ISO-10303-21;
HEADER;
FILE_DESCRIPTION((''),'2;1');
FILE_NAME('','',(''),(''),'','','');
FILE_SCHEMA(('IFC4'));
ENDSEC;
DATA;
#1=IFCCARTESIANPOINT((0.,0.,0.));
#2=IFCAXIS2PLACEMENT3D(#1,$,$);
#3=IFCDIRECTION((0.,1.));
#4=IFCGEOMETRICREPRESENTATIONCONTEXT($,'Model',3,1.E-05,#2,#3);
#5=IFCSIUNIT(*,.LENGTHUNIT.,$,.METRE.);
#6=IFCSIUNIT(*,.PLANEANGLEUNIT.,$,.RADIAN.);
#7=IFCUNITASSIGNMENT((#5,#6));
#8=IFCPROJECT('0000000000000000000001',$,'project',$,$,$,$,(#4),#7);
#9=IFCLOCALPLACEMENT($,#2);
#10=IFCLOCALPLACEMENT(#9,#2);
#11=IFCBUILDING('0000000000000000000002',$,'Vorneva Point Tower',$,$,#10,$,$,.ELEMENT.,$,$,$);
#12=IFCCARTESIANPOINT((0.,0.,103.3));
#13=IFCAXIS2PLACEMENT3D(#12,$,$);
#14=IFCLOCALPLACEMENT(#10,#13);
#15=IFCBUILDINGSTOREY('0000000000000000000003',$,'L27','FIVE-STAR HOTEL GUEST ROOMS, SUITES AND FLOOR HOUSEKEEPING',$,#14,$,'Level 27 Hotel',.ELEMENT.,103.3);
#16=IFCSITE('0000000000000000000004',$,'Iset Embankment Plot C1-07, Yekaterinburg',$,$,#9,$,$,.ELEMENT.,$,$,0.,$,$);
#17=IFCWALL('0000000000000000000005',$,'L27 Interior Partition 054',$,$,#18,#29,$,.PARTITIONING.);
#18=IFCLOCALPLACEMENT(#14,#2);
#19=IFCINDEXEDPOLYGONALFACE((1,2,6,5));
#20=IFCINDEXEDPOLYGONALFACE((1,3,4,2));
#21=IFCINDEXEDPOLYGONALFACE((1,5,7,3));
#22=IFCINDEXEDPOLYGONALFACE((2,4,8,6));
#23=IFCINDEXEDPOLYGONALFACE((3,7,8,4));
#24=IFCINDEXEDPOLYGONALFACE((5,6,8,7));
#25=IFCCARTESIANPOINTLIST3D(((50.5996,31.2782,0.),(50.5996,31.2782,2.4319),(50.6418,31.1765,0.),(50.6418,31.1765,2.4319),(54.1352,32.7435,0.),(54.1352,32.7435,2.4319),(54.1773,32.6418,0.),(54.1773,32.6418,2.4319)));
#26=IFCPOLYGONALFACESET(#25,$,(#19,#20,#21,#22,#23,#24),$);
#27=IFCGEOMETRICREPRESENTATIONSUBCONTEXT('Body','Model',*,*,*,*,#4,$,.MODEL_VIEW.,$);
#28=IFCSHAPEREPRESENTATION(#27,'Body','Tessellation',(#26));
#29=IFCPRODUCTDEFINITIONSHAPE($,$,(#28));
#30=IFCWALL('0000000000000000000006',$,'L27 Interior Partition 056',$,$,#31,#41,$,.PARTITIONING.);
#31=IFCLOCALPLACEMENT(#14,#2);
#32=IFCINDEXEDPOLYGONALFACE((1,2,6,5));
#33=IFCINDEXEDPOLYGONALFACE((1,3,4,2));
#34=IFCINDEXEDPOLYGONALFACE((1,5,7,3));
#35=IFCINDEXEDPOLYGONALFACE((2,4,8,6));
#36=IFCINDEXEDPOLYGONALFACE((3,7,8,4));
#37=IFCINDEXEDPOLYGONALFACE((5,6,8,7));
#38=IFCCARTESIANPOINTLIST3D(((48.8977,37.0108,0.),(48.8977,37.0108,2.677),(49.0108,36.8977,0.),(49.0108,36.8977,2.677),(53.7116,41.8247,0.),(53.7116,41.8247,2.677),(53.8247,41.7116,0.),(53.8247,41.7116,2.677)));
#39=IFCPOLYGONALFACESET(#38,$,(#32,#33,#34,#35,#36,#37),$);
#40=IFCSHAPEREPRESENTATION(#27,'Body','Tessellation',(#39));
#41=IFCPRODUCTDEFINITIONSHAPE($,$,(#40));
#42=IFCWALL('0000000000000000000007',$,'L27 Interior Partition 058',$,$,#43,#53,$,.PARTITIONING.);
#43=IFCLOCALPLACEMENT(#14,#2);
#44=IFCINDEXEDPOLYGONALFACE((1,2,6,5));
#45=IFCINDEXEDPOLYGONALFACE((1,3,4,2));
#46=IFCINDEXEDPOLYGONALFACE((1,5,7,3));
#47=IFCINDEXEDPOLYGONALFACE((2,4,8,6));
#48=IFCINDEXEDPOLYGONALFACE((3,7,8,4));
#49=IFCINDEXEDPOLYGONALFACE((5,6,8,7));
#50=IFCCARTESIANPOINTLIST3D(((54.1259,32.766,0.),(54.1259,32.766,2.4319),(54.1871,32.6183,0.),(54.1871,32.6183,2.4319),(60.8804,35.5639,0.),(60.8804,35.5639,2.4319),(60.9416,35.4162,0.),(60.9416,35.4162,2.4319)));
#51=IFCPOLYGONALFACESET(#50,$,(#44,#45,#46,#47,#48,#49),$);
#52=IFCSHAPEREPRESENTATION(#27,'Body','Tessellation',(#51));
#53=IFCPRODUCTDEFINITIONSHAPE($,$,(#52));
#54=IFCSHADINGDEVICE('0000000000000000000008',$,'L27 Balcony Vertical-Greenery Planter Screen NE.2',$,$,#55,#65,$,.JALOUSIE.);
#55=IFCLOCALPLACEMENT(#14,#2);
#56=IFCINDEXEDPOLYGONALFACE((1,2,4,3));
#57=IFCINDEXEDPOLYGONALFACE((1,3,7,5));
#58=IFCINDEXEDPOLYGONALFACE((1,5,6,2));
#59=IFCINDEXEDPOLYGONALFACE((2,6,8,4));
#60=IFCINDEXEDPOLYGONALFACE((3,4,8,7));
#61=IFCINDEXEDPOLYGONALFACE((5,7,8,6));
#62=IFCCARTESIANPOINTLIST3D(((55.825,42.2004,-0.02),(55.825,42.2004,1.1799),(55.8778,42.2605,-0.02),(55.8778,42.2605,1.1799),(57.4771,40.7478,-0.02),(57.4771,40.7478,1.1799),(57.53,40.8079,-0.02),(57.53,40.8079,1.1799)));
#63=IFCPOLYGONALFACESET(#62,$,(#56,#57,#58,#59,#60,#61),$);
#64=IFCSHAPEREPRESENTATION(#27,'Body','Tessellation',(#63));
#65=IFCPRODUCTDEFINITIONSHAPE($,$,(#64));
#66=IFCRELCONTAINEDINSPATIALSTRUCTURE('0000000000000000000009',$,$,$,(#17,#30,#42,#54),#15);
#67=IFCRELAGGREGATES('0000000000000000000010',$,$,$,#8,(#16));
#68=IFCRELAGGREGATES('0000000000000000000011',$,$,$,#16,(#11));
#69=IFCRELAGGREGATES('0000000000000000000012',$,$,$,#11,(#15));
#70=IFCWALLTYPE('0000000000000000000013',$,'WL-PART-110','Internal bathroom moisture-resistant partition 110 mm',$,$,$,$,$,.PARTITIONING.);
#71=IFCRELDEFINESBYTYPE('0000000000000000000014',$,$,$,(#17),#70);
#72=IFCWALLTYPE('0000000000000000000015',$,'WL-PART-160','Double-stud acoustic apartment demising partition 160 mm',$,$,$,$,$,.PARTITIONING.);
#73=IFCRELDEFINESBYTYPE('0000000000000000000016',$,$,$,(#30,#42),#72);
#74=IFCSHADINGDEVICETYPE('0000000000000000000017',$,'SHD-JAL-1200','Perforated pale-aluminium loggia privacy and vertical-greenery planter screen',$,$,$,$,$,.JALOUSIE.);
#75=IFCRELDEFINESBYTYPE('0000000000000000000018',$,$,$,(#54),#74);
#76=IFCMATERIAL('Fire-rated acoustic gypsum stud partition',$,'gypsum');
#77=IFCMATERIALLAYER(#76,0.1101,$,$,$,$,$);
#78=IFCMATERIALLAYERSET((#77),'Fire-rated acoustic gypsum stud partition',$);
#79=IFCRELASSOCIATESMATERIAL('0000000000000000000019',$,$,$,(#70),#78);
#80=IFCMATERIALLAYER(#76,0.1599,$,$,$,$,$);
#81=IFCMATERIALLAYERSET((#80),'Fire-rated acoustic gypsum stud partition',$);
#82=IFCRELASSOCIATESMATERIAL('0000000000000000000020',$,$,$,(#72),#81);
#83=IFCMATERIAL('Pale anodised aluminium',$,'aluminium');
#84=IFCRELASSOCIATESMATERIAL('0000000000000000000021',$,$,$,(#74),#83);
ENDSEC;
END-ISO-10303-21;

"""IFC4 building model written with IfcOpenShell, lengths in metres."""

from ifc_helpers import new_model, si_unit, direction, frame, frame_2d, origin, origin_2d, place, context, subcontext, project, spatial, rectangle, extrude, material, layer, layer_set, type_object, element, save


model = new_model("IFC4")

# Units and contexts
model_context = context("Model", 3, precision=1e-05, world=origin(), true_north=direction((0.0, 1.0)))
body_context = subcontext(model_context, "Body", "Model", "MODEL_VIEW")
ifc_project = project(units=[si_unit("LENGTHUNIT", "METRE"), si_unit("PLANEANGLEUNIT", "RADIAN")], contexts=[model_context])

# Site, building, storey
site_placement = place(None, origin())
site = spatial("IfcSite", under=ifc_project, at=site_placement, Name="Iset Embankment Plot C1-07, Yekaterinburg", CompositionType="ELEMENT", RefElevation=0.0)
building_placement = place(site_placement, origin())
building = spatial("IfcBuilding", under=site, at=building_placement, Name="Vorneva Point Tower", CompositionType="ELEMENT")
storey_placement = place(building_placement, frame((0.0, 0.0, 103.3)))
storey = spatial("IfcBuildingStorey", under=building, at=storey_placement, Name="L27", Description="FIVE-STAR HOTEL GUEST ROOMS, SUITES AND FLOOR HOUSEKEEPING", LongName="Level 27 Hotel", CompositionType="ELEMENT", Elevation=103.3)

# Shared definitions
ifc_material_1 = material(Name="Pale anodised aluminium", Category="aluminium")

# Shared definitions
ifc_material_2 = material(Name="Fire-rated acoustic gypsum stud partition", Category="gypsum")
ifc_layer_1 = layer(ifc_material_2, 0.1101)
ifc_layer_set_1 = layer_set([ifc_layer_1], Name="Fire-rated acoustic gypsum stud partition")
wall_type_1 = type_object("IfcWallType", Name="WL-PART-110", Description="Internal bathroom moisture-resistant partition 110 mm", PredefinedType="PARTITIONING", material=ifc_layer_set_1)

# Walls
wall_1_placement = place(storey_placement, frame((54.1562, 32.6926, 0.0), z_axis=(0.0, 0.0, 1.0), x_axis=(-0.923804, -0.382866, 0.0)))
element("IfcWall", 1, at=wall_1_placement, inside=storey, type_object=wall_type_1, Name="L27 Interior Partition 054", PredefinedType="PARTITIONING", context=body_context, shape_type="SweptSolid", body=[
    extrude(rectangle(XDim=3.8271, YDim=0.1101, at=frame_2d((1.9136, 0.0))), origin(), (0.0, 0.0, 1.0), 2.4319),
])
ifc_layer_2 = layer(ifc_material_2, 0.1599)
ifc_layer_set_2 = layer_set([ifc_layer_2], Name="Fire-rated acoustic gypsum stud partition")
wall_type_2 = type_object("IfcWallType", Name="WL-PART-160", Description="Double-stud acoustic apartment demising partition 160 mm", PredefinedType="PARTITIONING", material=ifc_layer_set_2)
wall_2_placement = place(storey_placement, frame((53.7681, 41.7681, 0.0), z_axis=(0.0, 0.0, 1.0), x_axis=(-0.707107, -0.707107, 0.0)))
element("IfcWall", 2, at=wall_2_placement, inside=storey, type_object=wall_type_2, Name="L27 Interior Partition 056", PredefinedType="PARTITIONING", context=body_context, shape_type="SweptSolid", body=[
    extrude(rectangle(XDim=6.8079, YDim=0.1599, at=frame_2d((3.4038, 0.0))), origin(), (0.0, 0.0, 1.0), 2.677),
])
wall_3_placement = place(storey_placement, frame((54.1565, 32.6921, 0.0), z_axis=(0.0, 0.0, 1.0), x_axis=(0.923875, 0.382694, 0.0)))
element("IfcWall", 3, at=wall_3_placement, inside=storey, type_object=wall_type_2, Name="L27 Interior Partition 058", PredefinedType="PARTITIONING", context=body_context, shape_type="SweptSolid", body=[
    extrude(rectangle(XDim=7.311, YDim=0.1599, at=frame_2d((3.6555, 0.0))), origin(), (0.0, 0.0, 1.0), 2.4319),
])

# Shading device
shading_device_type = type_object("IfcShadingDeviceType", Name="SHD-JAL-1200", Description="Perforated pale-aluminium loggia privacy and vertical-greenery planter screen", PredefinedType="JALOUSIE", material=ifc_material_1)
shading_device_placement = place(storey_placement, frame((56.6775, 41.5042, -0.02), z_axis=(0.0, 0.0, 1.0), x_axis=(-0.750999, 0.660303, 0.0)))
element("IfcShadingDevice", 4, at=shading_device_placement, inside=storey, type_object=shading_device_type, Name="L27 Balcony Vertical-Greenery Planter Screen NE.2", PredefinedType="JALOUSIE", context=body_context, shape_type="SweptSolid", body=[
    extrude(rectangle(XDim=2.2, YDim=0.0801, at=origin_2d()), origin(), (0.0, 0.0, 1.0), 1.2),
])

save(model, "model.ifc")
